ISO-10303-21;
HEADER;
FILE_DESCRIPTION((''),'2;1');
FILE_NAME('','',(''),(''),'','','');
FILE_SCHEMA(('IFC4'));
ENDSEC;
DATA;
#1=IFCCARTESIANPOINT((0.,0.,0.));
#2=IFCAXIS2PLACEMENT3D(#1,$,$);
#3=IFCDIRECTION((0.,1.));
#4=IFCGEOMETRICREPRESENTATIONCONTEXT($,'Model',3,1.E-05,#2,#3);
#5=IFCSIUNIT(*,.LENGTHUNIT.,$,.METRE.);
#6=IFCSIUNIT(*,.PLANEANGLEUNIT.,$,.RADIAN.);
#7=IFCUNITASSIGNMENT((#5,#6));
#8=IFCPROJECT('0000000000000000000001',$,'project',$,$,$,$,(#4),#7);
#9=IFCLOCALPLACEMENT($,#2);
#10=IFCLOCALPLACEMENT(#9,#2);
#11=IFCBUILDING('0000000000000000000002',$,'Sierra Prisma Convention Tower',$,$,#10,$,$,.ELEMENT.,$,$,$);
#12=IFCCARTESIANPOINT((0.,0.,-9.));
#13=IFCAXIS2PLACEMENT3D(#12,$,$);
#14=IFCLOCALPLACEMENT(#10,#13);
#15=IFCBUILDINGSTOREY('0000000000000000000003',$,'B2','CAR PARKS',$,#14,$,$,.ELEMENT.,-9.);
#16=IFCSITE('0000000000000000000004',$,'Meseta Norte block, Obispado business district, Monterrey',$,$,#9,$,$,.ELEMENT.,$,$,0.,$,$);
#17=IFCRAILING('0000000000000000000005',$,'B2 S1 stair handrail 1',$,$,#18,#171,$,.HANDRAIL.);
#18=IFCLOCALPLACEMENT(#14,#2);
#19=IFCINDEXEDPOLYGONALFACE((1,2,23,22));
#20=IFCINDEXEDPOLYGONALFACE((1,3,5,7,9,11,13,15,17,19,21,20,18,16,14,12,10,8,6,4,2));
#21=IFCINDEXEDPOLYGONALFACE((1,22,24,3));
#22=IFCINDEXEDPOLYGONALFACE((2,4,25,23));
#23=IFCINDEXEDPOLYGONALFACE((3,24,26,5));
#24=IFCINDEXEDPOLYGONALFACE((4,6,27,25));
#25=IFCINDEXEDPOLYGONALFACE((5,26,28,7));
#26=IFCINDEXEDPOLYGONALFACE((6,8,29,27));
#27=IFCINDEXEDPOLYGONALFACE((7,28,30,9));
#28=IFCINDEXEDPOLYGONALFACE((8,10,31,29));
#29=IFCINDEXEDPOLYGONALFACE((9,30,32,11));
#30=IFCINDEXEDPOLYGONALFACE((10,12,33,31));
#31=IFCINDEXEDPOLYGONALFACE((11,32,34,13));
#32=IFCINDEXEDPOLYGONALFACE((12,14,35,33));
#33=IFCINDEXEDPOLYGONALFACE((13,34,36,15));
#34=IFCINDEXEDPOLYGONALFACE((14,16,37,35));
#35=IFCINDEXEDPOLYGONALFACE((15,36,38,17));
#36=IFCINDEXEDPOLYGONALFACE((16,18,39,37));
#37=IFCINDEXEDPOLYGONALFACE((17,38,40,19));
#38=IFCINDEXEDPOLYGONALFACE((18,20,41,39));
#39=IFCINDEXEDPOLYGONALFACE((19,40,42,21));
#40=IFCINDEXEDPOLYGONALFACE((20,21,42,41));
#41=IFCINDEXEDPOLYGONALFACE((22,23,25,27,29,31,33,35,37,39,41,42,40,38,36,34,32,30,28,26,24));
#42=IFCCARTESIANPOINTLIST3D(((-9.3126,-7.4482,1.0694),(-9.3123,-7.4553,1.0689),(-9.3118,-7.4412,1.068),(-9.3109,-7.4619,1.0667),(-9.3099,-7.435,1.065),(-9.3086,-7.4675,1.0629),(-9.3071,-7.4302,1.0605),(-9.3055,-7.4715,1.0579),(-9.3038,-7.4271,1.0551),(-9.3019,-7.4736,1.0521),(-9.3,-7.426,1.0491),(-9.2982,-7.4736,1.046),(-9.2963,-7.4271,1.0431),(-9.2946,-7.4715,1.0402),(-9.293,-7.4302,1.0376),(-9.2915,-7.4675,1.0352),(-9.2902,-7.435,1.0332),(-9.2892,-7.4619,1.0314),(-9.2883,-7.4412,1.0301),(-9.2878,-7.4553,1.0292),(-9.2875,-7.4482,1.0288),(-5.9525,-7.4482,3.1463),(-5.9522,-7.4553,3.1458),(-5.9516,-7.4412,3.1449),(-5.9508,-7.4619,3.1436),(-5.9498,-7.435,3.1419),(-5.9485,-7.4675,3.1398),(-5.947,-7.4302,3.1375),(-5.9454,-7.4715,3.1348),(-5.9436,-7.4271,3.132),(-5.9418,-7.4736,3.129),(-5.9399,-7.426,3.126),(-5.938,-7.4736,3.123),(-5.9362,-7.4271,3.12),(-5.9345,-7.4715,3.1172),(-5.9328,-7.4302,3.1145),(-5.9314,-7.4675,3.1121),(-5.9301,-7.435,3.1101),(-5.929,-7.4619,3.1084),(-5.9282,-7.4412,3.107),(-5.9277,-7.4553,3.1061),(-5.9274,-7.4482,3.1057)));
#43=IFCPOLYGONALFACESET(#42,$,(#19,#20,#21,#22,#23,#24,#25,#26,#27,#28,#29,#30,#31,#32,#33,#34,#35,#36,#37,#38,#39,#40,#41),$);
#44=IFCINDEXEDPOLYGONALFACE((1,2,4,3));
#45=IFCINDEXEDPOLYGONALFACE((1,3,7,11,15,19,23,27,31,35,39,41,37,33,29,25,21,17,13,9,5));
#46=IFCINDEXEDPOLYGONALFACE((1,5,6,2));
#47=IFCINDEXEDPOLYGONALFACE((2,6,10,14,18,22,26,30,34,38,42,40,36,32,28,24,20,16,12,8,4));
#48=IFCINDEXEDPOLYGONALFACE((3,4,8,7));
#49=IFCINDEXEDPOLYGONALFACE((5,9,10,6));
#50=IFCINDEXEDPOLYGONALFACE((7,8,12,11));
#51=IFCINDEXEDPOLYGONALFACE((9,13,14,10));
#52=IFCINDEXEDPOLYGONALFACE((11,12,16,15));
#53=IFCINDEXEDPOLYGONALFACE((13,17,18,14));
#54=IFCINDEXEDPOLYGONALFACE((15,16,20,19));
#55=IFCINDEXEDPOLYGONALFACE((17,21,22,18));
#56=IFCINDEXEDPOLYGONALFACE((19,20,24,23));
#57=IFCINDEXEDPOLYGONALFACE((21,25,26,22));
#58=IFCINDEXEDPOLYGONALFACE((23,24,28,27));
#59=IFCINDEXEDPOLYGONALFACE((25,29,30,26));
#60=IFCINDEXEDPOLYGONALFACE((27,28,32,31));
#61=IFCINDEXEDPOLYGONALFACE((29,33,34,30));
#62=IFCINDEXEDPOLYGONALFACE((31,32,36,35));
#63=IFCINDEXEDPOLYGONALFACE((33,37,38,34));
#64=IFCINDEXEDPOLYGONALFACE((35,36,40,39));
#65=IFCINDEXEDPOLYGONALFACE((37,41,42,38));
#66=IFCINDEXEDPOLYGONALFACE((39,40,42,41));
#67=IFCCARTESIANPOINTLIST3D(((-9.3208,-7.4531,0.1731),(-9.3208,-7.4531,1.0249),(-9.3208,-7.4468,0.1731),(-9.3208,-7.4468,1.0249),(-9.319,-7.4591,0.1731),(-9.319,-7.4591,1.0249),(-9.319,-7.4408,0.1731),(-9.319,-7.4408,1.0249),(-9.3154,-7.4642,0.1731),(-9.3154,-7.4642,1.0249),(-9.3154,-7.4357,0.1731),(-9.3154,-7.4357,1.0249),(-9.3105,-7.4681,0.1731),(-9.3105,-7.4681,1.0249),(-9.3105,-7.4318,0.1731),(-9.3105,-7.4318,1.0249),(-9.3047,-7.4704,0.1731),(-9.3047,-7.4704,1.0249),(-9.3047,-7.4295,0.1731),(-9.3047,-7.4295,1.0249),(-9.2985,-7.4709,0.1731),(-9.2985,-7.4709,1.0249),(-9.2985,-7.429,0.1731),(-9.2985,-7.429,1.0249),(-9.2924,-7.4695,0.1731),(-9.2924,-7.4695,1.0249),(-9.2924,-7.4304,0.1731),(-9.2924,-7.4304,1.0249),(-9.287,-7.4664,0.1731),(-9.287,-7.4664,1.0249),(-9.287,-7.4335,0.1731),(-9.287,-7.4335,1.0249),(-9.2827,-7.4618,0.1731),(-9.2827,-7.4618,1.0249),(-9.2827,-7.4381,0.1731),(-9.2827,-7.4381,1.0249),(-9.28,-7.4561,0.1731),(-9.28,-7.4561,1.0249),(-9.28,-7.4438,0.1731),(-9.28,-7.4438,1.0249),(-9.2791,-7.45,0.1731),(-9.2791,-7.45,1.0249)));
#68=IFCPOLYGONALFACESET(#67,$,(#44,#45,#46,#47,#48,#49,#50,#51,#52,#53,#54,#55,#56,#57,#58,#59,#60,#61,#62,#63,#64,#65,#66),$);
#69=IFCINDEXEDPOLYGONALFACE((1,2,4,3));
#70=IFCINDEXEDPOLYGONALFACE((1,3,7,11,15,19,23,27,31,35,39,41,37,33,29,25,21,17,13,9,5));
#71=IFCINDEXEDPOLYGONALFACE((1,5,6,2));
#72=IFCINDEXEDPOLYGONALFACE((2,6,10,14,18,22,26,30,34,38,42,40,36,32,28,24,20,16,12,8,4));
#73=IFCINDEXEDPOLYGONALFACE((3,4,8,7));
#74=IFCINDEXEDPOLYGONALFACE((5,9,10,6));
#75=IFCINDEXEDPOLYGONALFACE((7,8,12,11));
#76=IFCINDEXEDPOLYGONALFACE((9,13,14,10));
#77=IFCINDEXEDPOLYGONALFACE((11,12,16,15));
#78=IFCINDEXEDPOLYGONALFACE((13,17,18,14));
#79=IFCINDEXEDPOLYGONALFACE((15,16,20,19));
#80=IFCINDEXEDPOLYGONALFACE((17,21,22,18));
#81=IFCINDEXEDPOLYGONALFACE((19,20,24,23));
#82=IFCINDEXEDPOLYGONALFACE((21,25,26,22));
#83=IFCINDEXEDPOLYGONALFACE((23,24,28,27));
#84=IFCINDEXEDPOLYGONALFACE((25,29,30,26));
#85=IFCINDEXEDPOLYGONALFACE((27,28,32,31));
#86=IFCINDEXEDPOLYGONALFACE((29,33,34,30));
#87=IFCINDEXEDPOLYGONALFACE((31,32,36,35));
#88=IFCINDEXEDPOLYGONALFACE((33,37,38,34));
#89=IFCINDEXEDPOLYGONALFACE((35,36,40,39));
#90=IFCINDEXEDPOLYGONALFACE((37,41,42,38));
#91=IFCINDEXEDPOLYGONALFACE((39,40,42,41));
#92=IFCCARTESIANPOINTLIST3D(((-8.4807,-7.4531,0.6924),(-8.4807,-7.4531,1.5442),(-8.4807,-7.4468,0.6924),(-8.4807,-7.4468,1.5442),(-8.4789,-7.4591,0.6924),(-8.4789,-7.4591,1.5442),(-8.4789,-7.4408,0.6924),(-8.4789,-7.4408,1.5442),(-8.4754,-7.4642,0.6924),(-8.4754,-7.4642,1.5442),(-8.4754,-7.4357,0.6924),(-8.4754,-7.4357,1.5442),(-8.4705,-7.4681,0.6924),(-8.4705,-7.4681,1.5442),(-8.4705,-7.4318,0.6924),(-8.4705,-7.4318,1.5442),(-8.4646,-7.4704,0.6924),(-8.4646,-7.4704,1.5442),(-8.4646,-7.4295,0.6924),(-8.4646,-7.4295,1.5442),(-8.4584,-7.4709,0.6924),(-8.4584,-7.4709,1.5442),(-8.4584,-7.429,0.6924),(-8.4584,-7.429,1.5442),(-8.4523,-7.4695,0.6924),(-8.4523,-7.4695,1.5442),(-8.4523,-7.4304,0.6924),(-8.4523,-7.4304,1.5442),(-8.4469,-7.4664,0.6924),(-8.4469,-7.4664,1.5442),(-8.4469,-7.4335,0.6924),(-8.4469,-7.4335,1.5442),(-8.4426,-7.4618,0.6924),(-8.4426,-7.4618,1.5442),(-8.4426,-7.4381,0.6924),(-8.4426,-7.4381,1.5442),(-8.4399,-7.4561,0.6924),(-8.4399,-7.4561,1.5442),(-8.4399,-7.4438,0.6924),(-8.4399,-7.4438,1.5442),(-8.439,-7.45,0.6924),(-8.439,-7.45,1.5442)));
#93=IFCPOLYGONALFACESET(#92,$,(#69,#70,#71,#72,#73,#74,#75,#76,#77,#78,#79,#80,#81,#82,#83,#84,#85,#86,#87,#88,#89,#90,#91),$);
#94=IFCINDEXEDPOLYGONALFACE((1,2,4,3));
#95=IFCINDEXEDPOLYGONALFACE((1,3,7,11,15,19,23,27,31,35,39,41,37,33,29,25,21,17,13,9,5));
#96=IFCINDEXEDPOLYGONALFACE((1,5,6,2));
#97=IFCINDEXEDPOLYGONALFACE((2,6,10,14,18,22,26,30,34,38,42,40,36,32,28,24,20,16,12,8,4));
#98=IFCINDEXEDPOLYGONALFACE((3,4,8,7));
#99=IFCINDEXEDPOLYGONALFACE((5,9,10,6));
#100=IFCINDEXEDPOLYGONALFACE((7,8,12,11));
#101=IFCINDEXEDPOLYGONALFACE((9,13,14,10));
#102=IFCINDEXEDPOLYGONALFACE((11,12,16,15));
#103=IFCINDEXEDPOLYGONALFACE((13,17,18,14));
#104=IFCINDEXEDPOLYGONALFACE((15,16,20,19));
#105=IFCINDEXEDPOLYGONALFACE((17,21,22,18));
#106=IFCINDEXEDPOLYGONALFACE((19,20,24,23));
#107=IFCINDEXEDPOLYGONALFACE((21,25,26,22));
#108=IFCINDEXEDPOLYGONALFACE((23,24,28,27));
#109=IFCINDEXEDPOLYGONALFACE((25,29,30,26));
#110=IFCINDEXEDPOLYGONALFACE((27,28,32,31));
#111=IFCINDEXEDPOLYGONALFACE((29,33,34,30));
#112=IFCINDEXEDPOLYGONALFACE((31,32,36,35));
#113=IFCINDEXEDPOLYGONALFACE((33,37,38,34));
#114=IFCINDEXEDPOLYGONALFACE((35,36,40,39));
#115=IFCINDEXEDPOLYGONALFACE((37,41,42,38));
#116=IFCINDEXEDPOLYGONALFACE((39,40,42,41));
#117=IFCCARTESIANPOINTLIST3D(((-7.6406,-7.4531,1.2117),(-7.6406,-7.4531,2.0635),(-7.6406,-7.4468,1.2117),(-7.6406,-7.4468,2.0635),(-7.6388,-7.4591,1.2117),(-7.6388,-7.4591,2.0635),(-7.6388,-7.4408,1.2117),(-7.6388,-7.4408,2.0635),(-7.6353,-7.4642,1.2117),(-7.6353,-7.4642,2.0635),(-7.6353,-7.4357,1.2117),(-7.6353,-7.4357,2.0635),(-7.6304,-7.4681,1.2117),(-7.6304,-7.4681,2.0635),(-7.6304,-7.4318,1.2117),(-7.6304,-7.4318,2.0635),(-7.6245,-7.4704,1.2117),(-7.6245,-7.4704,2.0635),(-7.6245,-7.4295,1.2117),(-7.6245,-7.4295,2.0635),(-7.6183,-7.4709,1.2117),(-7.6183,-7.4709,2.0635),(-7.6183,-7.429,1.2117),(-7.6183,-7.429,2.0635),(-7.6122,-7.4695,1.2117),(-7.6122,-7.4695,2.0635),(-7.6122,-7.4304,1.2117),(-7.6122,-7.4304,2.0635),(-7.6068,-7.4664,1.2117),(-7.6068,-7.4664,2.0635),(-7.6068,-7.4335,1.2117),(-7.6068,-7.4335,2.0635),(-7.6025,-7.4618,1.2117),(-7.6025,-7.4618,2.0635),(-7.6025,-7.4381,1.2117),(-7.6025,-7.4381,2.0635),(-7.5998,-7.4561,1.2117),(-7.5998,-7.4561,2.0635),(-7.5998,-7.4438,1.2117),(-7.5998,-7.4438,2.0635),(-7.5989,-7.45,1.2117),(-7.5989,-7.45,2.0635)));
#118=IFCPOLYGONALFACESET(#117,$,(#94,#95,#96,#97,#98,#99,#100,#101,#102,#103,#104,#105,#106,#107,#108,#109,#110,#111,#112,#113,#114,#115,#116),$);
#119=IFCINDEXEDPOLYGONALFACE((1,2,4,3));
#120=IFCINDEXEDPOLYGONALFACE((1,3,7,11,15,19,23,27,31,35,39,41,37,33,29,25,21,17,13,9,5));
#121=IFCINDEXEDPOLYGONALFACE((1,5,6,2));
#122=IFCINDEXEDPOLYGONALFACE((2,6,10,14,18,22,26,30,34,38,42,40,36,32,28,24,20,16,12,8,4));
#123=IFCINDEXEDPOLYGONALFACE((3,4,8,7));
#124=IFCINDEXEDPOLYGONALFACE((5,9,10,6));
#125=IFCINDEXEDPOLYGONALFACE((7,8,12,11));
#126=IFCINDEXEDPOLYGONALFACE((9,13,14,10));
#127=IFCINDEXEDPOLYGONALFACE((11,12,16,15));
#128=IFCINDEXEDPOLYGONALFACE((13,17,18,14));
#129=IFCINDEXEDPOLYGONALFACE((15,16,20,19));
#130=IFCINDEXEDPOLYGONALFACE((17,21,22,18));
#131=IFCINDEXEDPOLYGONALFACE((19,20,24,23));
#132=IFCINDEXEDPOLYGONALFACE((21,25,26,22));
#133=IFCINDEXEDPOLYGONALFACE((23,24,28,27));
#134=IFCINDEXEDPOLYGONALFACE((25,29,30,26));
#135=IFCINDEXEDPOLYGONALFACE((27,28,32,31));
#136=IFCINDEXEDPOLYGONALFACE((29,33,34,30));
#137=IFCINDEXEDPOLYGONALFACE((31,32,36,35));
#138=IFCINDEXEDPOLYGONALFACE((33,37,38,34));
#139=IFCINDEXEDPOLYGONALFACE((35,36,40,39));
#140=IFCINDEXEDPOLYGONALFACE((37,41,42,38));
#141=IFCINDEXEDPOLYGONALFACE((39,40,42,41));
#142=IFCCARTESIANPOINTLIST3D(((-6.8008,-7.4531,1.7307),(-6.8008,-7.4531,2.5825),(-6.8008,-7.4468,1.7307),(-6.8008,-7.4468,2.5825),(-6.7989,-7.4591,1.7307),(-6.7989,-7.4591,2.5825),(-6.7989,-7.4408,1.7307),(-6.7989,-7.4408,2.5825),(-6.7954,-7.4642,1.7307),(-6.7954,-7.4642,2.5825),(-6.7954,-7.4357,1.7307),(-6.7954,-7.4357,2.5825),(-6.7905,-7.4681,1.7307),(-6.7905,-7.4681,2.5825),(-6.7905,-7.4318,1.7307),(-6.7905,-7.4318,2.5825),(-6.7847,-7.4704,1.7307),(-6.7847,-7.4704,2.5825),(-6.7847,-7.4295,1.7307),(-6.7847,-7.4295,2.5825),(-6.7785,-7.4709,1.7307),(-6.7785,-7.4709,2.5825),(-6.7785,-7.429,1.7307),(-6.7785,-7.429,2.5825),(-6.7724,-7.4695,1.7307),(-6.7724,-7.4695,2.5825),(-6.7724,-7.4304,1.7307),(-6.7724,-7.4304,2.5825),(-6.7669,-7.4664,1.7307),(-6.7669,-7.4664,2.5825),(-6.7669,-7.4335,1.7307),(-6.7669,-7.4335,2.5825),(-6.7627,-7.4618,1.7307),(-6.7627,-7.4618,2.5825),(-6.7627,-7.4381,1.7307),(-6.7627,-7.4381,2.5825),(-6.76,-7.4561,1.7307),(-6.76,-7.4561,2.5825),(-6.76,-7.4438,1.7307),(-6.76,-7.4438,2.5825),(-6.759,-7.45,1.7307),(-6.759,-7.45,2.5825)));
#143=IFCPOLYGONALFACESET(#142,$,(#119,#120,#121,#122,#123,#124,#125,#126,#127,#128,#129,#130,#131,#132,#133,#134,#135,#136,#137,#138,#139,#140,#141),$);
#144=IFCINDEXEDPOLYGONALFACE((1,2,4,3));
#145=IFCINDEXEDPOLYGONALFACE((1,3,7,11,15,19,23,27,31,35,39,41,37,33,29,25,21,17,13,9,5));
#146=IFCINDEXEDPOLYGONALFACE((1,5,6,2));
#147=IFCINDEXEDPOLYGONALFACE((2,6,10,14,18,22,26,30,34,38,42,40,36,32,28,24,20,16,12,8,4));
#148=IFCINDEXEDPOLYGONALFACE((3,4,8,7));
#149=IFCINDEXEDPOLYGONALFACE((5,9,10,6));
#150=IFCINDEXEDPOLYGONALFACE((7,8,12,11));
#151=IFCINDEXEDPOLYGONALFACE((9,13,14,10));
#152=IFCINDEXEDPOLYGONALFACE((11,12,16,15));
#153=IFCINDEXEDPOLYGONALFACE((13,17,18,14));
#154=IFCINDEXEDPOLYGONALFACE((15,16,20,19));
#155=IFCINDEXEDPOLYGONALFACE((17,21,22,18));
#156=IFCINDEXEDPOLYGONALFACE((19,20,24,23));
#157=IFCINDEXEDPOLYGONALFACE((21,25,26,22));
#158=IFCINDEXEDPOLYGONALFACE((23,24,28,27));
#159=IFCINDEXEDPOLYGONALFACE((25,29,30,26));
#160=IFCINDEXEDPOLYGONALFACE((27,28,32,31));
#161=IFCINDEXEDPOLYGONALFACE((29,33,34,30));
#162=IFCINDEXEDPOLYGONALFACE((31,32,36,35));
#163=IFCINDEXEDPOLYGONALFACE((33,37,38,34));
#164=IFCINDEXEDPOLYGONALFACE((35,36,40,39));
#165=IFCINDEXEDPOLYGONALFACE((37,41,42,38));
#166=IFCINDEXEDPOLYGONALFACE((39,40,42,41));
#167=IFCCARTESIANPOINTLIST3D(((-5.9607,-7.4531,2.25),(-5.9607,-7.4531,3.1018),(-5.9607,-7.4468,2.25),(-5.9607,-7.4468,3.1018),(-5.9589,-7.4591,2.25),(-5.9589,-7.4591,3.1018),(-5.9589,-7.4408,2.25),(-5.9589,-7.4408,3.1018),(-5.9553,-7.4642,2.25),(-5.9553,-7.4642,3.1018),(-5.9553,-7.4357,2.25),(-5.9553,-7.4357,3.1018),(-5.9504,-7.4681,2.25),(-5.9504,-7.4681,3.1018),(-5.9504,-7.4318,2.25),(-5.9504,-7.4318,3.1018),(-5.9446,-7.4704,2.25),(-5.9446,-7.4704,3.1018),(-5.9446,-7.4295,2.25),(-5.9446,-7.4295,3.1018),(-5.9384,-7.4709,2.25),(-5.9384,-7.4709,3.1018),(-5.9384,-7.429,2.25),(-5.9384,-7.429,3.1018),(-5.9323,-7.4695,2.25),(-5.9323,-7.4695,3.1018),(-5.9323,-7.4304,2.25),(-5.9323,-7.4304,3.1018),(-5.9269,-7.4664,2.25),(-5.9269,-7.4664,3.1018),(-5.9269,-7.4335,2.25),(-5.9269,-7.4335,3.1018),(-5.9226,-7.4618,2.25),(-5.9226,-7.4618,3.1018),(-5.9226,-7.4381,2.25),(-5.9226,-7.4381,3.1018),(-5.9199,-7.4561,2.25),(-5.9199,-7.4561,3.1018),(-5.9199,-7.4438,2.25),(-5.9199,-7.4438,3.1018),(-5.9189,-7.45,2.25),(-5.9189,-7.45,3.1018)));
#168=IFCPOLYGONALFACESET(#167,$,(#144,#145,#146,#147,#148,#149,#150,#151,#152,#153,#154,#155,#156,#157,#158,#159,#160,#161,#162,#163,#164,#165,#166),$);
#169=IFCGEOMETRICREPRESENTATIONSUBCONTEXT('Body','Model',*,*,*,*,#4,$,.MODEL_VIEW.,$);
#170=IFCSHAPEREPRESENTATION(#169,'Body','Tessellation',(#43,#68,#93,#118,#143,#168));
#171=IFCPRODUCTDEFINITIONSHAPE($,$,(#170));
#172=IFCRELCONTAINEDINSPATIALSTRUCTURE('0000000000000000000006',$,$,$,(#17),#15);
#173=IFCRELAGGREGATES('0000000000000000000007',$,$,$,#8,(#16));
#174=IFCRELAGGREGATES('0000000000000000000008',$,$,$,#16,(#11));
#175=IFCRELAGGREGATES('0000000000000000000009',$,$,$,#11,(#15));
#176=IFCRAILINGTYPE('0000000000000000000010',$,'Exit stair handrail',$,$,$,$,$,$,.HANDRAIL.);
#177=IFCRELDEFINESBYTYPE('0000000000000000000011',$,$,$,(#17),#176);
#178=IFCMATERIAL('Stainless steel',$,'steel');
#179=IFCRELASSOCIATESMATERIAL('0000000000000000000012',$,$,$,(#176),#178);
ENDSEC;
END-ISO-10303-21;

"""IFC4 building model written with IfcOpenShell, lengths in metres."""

from ifc_helpers import new_model, si_unit, direction, frame, origin, origin_2d, place, context, subcontext, project, spatial, circle, extrude, material, type_object, element, save


model = new_model("IFC4")

# Units and contexts
model_context = context("Model", 3, precision=1e-05, world=origin(), true_north=direction((0.0, 1.0)))
body_context = subcontext(model_context, "Body", "Model", "MODEL_VIEW")
ifc_project = project(units=[si_unit("LENGTHUNIT", "METRE"), si_unit("PLANEANGLEUNIT", "RADIAN")], contexts=[model_context])

# Site, building, storey
site_placement = place(None, origin())
site = spatial("IfcSite", under=ifc_project, at=site_placement, Name="Meseta Norte block, Obispado business district, Monterrey", CompositionType="ELEMENT", RefElevation=0.0)
building_placement = place(site_placement, origin())
building = spatial("IfcBuilding", under=site, at=building_placement, Name="Sierra Prisma Convention Tower", CompositionType="ELEMENT")
storey_placement = place(building_placement, frame((0.0, 0.0, -9.0)))
storey = spatial("IfcBuildingStorey", under=building, at=storey_placement, Name="B2", Description="CAR PARKS", CompositionType="ELEMENT", Elevation=-9.0)

# Railing
ifc_material_1 = material(Name="Stainless steel", Category="steel")
railing_type_1 = type_object("IfcRailingType", Name="Exit stair handrail", PredefinedType="HANDRAIL", material=ifc_material_1)
railing_1_placement = place(storey_placement, frame((-9.3, -7.45, 0.1731)))
element("IfcRailing", 1, at=railing_1_placement, inside=storey, type_object=railing_type_1, Name="B2 S1 stair handrail 1", PredefinedType="HANDRAIL", context=body_context, shape_type="SweptSolid", body=[
    extrude(circle(Radius=0.0239, at=origin_2d()), frame((0.0, 0.0, 0.876), z_axis=(0.850623, 0.0, 0.525776), x_axis=(0.0, 1.0, 0.0)), (0.0, 0.0, 1.0), 3.9502),
    extrude(circle(Radius=0.021, at=origin_2d()), origin(), (0.0, 0.0, 1.0), 0.8518),
    extrude(circle(Radius=0.021, at=origin_2d()), frame((0.8401, 0.0, 0.5193)), (0.0, 0.0, 1.0), 0.8518),
    extrude(circle(Radius=0.021, at=origin_2d()), frame((1.6802, 0.0, 1.0386)), (0.0, 0.0, 1.0), 0.8518),
    extrude(circle(Radius=0.021, at=origin_2d()), frame((2.52, 0.0, 1.5576)), (0.0, 0.0, 1.0), 0.8518),
    extrude(circle(Radius=0.021, at=origin_2d()), frame((3.3601, 0.0, 2.0769)), (0.0, 0.0, 1.0), 0.8518),
])

save(model, "model.ifc")
